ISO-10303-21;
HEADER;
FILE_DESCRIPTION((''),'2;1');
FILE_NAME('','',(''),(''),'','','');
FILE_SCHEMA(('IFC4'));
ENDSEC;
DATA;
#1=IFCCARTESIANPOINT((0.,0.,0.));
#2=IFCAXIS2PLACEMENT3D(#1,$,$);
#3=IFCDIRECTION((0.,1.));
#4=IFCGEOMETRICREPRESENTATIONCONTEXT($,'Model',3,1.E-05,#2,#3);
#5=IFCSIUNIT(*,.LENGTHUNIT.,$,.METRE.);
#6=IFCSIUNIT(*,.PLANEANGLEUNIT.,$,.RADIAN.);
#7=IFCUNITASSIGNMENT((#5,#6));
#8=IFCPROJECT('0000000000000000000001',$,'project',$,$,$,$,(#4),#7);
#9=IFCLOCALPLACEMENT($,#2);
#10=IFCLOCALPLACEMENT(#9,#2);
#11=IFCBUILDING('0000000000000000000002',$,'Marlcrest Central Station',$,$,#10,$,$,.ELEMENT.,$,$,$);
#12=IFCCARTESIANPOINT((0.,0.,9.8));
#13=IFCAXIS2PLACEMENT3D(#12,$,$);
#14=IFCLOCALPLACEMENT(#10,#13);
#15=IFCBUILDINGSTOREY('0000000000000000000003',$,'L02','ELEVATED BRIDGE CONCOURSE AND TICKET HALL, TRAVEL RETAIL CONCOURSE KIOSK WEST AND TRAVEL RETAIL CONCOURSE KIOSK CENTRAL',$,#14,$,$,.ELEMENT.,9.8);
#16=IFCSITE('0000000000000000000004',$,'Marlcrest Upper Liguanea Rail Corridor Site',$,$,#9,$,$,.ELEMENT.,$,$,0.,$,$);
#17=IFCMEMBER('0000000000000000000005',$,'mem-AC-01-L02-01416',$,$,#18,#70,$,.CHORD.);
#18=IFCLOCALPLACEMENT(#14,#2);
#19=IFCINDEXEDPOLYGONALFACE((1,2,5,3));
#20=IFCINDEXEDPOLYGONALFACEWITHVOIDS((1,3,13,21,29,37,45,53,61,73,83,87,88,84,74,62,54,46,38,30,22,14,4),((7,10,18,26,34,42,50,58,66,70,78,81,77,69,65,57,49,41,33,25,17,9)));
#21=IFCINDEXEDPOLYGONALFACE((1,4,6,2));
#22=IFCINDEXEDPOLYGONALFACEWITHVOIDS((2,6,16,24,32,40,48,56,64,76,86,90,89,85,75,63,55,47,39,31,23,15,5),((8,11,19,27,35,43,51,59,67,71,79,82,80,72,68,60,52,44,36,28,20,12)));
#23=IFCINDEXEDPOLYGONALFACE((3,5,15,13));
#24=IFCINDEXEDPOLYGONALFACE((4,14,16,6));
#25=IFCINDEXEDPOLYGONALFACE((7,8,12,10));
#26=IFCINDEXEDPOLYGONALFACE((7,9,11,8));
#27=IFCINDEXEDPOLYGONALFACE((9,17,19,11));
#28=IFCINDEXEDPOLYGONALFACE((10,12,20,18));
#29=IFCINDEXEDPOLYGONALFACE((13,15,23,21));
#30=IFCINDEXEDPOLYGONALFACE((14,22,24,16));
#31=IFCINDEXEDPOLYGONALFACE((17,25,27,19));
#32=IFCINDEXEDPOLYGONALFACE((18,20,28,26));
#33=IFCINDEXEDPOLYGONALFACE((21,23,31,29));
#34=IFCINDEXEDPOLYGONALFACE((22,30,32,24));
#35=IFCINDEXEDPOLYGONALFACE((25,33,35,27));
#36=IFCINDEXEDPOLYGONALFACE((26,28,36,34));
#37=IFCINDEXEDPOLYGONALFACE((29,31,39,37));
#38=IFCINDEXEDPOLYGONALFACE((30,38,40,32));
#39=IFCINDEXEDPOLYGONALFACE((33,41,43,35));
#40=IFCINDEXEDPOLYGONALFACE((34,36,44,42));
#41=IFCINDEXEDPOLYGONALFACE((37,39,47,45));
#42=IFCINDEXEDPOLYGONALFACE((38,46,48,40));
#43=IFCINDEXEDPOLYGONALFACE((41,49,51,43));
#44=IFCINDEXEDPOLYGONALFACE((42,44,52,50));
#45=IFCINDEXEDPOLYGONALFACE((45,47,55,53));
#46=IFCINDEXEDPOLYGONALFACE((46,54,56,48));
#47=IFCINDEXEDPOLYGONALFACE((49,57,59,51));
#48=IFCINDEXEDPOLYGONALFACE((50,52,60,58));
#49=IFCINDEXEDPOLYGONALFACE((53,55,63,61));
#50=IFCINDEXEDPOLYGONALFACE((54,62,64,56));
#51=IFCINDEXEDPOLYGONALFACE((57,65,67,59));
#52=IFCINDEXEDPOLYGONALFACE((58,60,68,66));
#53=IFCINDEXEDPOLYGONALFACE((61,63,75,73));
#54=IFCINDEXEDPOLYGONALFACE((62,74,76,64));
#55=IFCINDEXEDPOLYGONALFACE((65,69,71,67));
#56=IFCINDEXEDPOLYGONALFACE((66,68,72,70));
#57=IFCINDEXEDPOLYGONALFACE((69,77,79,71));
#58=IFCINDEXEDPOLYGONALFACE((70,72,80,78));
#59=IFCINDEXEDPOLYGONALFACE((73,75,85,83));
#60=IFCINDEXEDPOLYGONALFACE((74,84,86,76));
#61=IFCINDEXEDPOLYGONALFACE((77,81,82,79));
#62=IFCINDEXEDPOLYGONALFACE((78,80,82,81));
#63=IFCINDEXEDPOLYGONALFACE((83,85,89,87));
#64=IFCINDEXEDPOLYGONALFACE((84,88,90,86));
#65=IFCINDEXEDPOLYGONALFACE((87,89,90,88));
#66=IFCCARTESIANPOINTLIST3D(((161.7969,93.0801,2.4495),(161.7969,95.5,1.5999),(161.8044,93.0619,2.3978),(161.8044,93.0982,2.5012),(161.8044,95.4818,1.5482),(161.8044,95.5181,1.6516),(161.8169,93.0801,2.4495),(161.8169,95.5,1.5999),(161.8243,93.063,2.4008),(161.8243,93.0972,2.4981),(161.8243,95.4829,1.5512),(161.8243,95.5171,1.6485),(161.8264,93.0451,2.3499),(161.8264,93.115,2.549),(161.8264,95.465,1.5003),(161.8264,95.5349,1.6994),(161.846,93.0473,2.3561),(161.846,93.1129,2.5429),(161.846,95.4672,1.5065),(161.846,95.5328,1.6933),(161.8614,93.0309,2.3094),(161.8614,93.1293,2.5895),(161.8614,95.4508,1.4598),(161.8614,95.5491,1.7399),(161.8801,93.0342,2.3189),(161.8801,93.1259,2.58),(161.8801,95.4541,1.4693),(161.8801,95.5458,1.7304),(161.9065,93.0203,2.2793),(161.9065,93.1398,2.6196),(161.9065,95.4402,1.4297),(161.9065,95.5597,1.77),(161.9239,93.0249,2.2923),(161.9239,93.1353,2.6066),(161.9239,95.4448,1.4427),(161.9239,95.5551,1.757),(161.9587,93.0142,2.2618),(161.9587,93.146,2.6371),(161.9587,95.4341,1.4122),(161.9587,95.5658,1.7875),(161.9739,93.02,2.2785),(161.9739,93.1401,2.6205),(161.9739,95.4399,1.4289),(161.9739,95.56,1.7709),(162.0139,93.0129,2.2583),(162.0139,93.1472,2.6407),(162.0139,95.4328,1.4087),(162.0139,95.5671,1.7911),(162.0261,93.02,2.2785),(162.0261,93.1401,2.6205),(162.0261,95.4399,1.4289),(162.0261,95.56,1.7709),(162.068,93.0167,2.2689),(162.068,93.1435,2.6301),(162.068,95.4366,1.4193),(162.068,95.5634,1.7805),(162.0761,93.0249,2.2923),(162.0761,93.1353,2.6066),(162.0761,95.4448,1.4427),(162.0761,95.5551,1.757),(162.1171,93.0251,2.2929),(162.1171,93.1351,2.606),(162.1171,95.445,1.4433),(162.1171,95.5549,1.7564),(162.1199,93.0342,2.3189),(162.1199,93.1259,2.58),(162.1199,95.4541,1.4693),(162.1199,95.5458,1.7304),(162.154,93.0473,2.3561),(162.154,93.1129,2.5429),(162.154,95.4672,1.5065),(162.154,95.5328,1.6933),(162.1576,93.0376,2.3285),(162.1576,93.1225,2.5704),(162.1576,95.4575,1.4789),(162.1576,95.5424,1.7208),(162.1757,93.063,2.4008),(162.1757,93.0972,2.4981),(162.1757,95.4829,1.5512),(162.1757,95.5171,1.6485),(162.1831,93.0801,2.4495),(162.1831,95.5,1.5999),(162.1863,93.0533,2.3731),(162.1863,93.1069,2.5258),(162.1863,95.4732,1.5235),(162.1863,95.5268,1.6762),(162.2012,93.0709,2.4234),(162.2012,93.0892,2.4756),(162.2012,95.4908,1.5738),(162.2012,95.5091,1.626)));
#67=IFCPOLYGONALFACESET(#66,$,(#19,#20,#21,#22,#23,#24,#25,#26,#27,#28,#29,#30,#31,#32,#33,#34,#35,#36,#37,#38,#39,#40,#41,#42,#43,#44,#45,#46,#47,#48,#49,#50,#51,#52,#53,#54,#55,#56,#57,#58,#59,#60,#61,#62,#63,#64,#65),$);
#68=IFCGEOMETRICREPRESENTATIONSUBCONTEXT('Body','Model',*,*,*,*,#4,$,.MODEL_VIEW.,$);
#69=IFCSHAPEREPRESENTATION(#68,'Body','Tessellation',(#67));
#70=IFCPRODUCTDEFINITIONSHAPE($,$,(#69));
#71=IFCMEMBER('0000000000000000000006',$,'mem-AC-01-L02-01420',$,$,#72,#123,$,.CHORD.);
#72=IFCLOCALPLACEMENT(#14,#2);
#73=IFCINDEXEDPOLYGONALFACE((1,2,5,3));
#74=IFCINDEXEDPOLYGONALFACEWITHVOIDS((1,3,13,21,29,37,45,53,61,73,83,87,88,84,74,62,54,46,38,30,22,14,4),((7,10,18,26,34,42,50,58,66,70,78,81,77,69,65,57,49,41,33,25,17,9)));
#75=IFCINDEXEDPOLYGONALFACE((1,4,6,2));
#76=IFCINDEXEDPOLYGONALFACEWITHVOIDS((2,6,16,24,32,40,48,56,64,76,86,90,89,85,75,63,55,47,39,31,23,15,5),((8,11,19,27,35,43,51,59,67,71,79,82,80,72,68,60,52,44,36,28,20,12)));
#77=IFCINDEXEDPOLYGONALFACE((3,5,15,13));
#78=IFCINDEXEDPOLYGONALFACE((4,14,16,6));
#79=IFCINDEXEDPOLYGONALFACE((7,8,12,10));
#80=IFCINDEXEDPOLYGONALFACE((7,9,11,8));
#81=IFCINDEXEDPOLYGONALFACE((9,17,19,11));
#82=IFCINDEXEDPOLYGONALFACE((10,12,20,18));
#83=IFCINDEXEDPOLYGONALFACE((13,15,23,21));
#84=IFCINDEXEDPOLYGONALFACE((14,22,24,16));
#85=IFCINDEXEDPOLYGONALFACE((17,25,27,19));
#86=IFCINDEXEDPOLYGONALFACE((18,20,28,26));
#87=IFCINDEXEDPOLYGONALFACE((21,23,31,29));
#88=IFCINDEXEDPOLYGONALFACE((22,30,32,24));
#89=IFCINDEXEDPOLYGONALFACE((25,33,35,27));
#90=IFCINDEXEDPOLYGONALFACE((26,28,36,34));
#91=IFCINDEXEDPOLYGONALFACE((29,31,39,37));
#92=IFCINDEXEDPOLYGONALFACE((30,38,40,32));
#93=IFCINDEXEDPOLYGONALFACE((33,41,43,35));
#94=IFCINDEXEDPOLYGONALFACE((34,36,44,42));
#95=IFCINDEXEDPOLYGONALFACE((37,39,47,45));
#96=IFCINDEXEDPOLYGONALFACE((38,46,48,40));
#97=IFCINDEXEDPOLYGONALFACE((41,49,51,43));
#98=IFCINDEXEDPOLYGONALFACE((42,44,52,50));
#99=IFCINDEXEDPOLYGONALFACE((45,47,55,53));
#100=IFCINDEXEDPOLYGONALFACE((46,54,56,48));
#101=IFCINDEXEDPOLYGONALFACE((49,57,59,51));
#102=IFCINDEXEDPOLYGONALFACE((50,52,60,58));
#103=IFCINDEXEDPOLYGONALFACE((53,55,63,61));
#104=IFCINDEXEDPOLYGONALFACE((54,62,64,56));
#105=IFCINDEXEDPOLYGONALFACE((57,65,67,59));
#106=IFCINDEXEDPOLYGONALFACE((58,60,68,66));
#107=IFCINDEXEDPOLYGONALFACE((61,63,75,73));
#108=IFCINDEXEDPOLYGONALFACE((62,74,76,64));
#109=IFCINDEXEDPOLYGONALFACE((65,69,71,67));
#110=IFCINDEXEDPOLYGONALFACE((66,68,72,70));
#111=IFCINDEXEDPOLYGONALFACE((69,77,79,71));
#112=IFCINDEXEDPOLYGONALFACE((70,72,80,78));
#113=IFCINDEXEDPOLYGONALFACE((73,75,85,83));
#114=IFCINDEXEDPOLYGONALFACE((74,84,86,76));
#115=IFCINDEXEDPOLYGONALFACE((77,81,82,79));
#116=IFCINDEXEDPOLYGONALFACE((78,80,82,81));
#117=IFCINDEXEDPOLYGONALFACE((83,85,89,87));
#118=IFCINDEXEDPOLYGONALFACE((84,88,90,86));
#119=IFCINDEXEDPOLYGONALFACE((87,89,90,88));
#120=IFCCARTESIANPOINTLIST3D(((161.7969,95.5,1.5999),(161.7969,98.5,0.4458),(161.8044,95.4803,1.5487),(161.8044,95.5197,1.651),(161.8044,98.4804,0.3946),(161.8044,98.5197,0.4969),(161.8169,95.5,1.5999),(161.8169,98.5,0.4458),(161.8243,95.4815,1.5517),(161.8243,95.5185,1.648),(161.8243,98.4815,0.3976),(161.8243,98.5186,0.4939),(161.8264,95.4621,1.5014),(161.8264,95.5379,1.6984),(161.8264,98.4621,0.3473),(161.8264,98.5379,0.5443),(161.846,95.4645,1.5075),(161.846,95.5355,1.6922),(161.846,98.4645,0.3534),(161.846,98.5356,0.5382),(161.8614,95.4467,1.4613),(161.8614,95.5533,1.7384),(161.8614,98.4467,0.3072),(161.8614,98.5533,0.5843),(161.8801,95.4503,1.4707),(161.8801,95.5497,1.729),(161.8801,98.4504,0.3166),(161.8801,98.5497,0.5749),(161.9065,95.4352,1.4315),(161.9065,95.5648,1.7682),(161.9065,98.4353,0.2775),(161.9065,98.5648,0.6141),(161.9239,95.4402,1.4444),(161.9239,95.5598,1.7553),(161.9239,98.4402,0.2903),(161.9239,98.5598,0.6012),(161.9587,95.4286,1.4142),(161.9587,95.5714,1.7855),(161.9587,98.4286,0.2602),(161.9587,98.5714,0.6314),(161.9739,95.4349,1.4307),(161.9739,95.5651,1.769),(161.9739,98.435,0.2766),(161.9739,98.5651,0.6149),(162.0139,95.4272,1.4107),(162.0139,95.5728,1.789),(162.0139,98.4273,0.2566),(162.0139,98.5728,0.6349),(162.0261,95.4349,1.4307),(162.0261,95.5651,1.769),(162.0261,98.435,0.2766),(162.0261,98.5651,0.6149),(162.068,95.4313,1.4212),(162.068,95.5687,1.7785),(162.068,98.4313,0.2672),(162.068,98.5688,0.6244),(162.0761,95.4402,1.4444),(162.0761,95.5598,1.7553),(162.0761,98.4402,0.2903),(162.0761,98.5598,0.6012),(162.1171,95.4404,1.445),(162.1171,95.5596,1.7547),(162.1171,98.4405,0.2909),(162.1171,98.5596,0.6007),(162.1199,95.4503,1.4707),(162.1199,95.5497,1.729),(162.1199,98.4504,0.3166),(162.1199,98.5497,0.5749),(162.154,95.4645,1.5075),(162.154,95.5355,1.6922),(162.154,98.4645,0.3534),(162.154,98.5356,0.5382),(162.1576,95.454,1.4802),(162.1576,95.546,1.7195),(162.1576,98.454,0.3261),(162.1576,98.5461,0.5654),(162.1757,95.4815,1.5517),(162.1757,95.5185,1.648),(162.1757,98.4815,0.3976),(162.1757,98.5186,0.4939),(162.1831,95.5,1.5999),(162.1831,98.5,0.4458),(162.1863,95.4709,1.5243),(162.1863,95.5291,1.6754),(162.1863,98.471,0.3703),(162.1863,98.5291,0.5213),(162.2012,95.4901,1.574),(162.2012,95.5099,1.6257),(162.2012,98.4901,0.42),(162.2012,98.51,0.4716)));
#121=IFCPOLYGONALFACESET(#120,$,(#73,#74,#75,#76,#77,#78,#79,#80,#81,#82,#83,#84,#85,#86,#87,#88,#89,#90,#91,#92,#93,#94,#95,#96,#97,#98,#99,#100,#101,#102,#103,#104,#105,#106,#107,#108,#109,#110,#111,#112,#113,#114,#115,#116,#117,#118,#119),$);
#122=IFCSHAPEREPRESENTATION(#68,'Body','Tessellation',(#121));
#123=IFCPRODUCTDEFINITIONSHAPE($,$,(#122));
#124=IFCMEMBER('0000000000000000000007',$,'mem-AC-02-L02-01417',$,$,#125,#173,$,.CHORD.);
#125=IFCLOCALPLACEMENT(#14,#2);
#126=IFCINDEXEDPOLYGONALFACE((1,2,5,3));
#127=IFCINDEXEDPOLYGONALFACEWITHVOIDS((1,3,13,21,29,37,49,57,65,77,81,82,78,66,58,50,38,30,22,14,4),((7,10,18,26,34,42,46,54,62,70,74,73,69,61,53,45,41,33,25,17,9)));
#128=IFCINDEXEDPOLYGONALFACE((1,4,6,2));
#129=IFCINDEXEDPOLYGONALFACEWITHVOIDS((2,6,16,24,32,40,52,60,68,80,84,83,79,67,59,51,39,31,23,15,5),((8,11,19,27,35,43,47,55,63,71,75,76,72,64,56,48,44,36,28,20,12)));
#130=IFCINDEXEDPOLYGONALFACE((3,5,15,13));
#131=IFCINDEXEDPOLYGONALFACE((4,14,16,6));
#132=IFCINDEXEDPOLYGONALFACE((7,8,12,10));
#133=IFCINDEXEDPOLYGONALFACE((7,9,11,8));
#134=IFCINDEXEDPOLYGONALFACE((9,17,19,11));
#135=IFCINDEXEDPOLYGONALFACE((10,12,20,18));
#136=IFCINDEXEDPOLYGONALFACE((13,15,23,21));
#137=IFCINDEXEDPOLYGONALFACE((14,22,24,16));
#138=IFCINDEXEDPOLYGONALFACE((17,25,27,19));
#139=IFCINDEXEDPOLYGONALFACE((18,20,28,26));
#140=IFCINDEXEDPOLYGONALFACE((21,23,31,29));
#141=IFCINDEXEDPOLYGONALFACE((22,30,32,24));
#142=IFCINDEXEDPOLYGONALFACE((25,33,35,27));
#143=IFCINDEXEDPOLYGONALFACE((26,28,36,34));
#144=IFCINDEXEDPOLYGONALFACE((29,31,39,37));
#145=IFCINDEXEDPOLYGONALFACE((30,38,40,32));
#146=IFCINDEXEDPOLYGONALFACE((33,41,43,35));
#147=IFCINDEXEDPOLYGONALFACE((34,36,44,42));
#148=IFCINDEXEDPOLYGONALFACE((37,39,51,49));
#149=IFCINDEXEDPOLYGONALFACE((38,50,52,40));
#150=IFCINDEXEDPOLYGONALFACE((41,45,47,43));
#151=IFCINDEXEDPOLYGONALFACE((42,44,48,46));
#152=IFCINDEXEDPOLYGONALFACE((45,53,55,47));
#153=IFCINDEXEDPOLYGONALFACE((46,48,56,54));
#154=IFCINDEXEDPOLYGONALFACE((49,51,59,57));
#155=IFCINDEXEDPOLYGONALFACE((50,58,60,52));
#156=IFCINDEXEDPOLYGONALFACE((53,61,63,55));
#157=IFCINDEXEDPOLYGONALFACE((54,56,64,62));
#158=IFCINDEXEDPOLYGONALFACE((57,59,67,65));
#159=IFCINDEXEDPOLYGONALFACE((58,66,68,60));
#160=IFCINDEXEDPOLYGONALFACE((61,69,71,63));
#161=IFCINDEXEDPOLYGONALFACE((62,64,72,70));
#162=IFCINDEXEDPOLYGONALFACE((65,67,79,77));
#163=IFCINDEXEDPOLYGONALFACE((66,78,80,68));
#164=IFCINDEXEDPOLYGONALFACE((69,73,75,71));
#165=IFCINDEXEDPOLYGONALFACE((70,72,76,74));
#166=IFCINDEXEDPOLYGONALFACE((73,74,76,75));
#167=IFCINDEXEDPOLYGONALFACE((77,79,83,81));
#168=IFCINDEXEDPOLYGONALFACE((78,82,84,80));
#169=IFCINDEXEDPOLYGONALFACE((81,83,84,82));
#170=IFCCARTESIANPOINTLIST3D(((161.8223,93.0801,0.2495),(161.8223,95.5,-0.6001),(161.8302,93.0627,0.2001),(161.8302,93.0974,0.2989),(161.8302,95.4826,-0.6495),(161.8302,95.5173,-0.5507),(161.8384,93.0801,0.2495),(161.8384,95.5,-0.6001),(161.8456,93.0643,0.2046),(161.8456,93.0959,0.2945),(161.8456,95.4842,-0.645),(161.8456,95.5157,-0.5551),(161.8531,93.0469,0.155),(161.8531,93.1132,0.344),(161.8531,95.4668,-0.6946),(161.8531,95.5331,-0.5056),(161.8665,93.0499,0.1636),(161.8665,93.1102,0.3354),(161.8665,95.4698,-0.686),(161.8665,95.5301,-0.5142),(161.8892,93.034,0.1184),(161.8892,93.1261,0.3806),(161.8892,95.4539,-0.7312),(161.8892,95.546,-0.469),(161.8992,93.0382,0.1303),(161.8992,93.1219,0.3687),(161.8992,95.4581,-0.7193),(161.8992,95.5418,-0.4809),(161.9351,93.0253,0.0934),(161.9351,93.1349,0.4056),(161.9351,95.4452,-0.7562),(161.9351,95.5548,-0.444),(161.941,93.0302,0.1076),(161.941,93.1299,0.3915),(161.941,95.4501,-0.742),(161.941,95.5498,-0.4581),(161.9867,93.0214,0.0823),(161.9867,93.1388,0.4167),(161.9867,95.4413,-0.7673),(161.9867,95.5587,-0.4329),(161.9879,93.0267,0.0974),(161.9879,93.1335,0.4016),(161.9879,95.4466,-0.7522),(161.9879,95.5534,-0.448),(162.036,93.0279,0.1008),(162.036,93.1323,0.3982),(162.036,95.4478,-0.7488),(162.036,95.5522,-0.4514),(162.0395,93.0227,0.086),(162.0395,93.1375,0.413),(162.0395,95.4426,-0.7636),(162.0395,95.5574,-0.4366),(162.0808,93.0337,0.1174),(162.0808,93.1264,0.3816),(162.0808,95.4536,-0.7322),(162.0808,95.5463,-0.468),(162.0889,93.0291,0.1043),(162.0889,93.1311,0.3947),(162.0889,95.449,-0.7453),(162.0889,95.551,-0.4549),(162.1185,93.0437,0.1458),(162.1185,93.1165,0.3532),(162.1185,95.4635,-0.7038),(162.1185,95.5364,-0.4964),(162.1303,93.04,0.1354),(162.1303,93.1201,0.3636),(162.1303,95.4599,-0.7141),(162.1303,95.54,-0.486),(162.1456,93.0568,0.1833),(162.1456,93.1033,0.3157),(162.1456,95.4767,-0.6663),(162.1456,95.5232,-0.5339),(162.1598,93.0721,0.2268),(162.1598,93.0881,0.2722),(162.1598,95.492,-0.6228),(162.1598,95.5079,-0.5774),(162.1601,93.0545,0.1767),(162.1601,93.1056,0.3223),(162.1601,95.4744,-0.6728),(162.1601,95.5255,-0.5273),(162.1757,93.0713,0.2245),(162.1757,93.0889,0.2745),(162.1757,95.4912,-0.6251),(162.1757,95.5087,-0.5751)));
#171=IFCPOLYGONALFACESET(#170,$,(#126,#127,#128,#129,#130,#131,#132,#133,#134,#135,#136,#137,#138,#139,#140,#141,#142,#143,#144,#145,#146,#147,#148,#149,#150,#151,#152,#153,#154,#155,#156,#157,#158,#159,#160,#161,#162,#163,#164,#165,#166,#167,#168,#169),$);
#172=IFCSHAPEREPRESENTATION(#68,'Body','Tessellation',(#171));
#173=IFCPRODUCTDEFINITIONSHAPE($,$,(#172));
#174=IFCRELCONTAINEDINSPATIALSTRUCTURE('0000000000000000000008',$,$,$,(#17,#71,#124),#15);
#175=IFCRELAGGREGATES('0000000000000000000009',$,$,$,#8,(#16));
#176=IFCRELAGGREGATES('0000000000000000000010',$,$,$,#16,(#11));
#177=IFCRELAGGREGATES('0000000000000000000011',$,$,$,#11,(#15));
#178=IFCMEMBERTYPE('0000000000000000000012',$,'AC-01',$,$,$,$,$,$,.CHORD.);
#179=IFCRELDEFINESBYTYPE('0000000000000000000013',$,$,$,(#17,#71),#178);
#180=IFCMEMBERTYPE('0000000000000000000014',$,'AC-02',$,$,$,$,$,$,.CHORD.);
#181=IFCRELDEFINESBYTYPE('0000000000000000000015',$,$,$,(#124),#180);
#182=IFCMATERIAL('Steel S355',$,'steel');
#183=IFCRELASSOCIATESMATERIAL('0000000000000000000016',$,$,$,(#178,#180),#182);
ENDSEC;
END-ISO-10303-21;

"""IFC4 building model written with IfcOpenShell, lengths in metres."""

from ifc_helpers import new_model, si_unit, direction, frame, origin, origin_2d, place, context, subcontext, project, spatial, hollow_circle, extrude, material, material_profile, profile_set, type_object, element, save


model = new_model("IFC4")

# Units and contexts
model_context = context("Model", 3, precision=1e-05, world=origin(), true_north=direction((0.0, 1.0)))
body_context = subcontext(model_context, "Body", "Model", "MODEL_VIEW")
ifc_project = project(units=[si_unit("LENGTHUNIT", "METRE"), si_unit("PLANEANGLEUNIT", "RADIAN")], contexts=[model_context])

# Site, building, storey
site_placement = place(None, origin())
site = spatial("IfcSite", under=ifc_project, at=site_placement, Name="Marlcrest Upper Liguanea Rail Corridor Site", CompositionType="ELEMENT", RefElevation=0.0)
building_placement = place(site_placement, origin())
building = spatial("IfcBuilding", under=site, at=building_placement, Name="Marlcrest Central Station", CompositionType="ELEMENT")
storey_placement = place(building_placement, frame((0.0, 0.0, 9.8)))
storey = spatial("IfcBuildingStorey", under=building, at=storey_placement, Name="L02", Description="ELEVATED BRIDGE CONCOURSE AND TICKET HALL, TRAVEL RETAIL CONCOURSE KIOSK WEST AND TRAVEL RETAIL CONCOURSE KIOSK CENTRAL", CompositionType="ELEMENT", Elevation=9.8)

# Members
ifc_material_1 = material(Name="Steel S355", Category="steel")
ifc_material_profile_1 = material_profile(ifc_material_1, hollow_circle(Radius=0.2031, WallThickness=0.02, at=origin_2d()), Name="CHS 406.4x20")
ifc_profile_set_1 = profile_set([ifc_material_profile_1], Name="Steel S355")
member_type_1 = type_object("IfcMemberType", Name="AC-01", PredefinedType="CHORD", material=ifc_profile_set_1)
member_1_placement = place(storey_placement, frame((162.0, 93.0801, 2.4495), z_axis=(0.0, 0.943537, -0.331266), x_axis=(-1.0, 0.0, 0.0)))
element("IfcMember", 1, at=member_1_placement, inside=storey, type_object=member_type_1, Name="mem-AC-01-L02-01416", PredefinedType="CHORD", context=body_context, shape_type="SweptSolid", body=[
    extrude(hollow_circle(Radius=0.2031, WallThickness=0.02, at=origin_2d()), origin(), (0.0, 0.0, 1.0), 2.5647),
])
member_2_placement = place(storey_placement, frame((162.0, 95.5, 1.5999), z_axis=(0.0, 0.933324, -0.359035), x_axis=(-1.0, 0.0, 0.0)))
element("IfcMember", 2, at=member_2_placement, inside=storey, type_object=member_type_1, Name="mem-AC-01-L02-01420", PredefinedType="CHORD", context=body_context, shape_type="SweptSolid", body=[
    extrude(hollow_circle(Radius=0.2031, WallThickness=0.02, at=origin_2d()), origin(), (0.0, 0.0, 1.0), 3.2144),
])
ifc_material_profile_2 = material_profile(ifc_material_1, hollow_circle(Radius=0.1777, WallThickness=0.0161, at=origin_2d()), Name="CHS 355.6x16")
ifc_profile_set_2 = profile_set([ifc_material_profile_2], Name="Steel S355")
member_type_2 = type_object("IfcMemberType", Name="AC-02", PredefinedType="CHORD", material=ifc_profile_set_2)
member_3_placement = place(storey_placement, frame((162.0, 93.0801, 0.2495), z_axis=(0.0, 0.943537, -0.331266), x_axis=(-1.0, 0.0, 0.0)))
element("IfcMember", 3, at=member_3_placement, inside=storey, type_object=member_type_2, Name="mem-AC-02-L02-01417", PredefinedType="CHORD", context=body_context, shape_type="SweptSolid", body=[
    extrude(hollow_circle(Radius=0.1777, WallThickness=0.0161, at=origin_2d()), origin(), (0.0, 0.0, 1.0), 2.5647),
])

save(model, "model.ifc")
